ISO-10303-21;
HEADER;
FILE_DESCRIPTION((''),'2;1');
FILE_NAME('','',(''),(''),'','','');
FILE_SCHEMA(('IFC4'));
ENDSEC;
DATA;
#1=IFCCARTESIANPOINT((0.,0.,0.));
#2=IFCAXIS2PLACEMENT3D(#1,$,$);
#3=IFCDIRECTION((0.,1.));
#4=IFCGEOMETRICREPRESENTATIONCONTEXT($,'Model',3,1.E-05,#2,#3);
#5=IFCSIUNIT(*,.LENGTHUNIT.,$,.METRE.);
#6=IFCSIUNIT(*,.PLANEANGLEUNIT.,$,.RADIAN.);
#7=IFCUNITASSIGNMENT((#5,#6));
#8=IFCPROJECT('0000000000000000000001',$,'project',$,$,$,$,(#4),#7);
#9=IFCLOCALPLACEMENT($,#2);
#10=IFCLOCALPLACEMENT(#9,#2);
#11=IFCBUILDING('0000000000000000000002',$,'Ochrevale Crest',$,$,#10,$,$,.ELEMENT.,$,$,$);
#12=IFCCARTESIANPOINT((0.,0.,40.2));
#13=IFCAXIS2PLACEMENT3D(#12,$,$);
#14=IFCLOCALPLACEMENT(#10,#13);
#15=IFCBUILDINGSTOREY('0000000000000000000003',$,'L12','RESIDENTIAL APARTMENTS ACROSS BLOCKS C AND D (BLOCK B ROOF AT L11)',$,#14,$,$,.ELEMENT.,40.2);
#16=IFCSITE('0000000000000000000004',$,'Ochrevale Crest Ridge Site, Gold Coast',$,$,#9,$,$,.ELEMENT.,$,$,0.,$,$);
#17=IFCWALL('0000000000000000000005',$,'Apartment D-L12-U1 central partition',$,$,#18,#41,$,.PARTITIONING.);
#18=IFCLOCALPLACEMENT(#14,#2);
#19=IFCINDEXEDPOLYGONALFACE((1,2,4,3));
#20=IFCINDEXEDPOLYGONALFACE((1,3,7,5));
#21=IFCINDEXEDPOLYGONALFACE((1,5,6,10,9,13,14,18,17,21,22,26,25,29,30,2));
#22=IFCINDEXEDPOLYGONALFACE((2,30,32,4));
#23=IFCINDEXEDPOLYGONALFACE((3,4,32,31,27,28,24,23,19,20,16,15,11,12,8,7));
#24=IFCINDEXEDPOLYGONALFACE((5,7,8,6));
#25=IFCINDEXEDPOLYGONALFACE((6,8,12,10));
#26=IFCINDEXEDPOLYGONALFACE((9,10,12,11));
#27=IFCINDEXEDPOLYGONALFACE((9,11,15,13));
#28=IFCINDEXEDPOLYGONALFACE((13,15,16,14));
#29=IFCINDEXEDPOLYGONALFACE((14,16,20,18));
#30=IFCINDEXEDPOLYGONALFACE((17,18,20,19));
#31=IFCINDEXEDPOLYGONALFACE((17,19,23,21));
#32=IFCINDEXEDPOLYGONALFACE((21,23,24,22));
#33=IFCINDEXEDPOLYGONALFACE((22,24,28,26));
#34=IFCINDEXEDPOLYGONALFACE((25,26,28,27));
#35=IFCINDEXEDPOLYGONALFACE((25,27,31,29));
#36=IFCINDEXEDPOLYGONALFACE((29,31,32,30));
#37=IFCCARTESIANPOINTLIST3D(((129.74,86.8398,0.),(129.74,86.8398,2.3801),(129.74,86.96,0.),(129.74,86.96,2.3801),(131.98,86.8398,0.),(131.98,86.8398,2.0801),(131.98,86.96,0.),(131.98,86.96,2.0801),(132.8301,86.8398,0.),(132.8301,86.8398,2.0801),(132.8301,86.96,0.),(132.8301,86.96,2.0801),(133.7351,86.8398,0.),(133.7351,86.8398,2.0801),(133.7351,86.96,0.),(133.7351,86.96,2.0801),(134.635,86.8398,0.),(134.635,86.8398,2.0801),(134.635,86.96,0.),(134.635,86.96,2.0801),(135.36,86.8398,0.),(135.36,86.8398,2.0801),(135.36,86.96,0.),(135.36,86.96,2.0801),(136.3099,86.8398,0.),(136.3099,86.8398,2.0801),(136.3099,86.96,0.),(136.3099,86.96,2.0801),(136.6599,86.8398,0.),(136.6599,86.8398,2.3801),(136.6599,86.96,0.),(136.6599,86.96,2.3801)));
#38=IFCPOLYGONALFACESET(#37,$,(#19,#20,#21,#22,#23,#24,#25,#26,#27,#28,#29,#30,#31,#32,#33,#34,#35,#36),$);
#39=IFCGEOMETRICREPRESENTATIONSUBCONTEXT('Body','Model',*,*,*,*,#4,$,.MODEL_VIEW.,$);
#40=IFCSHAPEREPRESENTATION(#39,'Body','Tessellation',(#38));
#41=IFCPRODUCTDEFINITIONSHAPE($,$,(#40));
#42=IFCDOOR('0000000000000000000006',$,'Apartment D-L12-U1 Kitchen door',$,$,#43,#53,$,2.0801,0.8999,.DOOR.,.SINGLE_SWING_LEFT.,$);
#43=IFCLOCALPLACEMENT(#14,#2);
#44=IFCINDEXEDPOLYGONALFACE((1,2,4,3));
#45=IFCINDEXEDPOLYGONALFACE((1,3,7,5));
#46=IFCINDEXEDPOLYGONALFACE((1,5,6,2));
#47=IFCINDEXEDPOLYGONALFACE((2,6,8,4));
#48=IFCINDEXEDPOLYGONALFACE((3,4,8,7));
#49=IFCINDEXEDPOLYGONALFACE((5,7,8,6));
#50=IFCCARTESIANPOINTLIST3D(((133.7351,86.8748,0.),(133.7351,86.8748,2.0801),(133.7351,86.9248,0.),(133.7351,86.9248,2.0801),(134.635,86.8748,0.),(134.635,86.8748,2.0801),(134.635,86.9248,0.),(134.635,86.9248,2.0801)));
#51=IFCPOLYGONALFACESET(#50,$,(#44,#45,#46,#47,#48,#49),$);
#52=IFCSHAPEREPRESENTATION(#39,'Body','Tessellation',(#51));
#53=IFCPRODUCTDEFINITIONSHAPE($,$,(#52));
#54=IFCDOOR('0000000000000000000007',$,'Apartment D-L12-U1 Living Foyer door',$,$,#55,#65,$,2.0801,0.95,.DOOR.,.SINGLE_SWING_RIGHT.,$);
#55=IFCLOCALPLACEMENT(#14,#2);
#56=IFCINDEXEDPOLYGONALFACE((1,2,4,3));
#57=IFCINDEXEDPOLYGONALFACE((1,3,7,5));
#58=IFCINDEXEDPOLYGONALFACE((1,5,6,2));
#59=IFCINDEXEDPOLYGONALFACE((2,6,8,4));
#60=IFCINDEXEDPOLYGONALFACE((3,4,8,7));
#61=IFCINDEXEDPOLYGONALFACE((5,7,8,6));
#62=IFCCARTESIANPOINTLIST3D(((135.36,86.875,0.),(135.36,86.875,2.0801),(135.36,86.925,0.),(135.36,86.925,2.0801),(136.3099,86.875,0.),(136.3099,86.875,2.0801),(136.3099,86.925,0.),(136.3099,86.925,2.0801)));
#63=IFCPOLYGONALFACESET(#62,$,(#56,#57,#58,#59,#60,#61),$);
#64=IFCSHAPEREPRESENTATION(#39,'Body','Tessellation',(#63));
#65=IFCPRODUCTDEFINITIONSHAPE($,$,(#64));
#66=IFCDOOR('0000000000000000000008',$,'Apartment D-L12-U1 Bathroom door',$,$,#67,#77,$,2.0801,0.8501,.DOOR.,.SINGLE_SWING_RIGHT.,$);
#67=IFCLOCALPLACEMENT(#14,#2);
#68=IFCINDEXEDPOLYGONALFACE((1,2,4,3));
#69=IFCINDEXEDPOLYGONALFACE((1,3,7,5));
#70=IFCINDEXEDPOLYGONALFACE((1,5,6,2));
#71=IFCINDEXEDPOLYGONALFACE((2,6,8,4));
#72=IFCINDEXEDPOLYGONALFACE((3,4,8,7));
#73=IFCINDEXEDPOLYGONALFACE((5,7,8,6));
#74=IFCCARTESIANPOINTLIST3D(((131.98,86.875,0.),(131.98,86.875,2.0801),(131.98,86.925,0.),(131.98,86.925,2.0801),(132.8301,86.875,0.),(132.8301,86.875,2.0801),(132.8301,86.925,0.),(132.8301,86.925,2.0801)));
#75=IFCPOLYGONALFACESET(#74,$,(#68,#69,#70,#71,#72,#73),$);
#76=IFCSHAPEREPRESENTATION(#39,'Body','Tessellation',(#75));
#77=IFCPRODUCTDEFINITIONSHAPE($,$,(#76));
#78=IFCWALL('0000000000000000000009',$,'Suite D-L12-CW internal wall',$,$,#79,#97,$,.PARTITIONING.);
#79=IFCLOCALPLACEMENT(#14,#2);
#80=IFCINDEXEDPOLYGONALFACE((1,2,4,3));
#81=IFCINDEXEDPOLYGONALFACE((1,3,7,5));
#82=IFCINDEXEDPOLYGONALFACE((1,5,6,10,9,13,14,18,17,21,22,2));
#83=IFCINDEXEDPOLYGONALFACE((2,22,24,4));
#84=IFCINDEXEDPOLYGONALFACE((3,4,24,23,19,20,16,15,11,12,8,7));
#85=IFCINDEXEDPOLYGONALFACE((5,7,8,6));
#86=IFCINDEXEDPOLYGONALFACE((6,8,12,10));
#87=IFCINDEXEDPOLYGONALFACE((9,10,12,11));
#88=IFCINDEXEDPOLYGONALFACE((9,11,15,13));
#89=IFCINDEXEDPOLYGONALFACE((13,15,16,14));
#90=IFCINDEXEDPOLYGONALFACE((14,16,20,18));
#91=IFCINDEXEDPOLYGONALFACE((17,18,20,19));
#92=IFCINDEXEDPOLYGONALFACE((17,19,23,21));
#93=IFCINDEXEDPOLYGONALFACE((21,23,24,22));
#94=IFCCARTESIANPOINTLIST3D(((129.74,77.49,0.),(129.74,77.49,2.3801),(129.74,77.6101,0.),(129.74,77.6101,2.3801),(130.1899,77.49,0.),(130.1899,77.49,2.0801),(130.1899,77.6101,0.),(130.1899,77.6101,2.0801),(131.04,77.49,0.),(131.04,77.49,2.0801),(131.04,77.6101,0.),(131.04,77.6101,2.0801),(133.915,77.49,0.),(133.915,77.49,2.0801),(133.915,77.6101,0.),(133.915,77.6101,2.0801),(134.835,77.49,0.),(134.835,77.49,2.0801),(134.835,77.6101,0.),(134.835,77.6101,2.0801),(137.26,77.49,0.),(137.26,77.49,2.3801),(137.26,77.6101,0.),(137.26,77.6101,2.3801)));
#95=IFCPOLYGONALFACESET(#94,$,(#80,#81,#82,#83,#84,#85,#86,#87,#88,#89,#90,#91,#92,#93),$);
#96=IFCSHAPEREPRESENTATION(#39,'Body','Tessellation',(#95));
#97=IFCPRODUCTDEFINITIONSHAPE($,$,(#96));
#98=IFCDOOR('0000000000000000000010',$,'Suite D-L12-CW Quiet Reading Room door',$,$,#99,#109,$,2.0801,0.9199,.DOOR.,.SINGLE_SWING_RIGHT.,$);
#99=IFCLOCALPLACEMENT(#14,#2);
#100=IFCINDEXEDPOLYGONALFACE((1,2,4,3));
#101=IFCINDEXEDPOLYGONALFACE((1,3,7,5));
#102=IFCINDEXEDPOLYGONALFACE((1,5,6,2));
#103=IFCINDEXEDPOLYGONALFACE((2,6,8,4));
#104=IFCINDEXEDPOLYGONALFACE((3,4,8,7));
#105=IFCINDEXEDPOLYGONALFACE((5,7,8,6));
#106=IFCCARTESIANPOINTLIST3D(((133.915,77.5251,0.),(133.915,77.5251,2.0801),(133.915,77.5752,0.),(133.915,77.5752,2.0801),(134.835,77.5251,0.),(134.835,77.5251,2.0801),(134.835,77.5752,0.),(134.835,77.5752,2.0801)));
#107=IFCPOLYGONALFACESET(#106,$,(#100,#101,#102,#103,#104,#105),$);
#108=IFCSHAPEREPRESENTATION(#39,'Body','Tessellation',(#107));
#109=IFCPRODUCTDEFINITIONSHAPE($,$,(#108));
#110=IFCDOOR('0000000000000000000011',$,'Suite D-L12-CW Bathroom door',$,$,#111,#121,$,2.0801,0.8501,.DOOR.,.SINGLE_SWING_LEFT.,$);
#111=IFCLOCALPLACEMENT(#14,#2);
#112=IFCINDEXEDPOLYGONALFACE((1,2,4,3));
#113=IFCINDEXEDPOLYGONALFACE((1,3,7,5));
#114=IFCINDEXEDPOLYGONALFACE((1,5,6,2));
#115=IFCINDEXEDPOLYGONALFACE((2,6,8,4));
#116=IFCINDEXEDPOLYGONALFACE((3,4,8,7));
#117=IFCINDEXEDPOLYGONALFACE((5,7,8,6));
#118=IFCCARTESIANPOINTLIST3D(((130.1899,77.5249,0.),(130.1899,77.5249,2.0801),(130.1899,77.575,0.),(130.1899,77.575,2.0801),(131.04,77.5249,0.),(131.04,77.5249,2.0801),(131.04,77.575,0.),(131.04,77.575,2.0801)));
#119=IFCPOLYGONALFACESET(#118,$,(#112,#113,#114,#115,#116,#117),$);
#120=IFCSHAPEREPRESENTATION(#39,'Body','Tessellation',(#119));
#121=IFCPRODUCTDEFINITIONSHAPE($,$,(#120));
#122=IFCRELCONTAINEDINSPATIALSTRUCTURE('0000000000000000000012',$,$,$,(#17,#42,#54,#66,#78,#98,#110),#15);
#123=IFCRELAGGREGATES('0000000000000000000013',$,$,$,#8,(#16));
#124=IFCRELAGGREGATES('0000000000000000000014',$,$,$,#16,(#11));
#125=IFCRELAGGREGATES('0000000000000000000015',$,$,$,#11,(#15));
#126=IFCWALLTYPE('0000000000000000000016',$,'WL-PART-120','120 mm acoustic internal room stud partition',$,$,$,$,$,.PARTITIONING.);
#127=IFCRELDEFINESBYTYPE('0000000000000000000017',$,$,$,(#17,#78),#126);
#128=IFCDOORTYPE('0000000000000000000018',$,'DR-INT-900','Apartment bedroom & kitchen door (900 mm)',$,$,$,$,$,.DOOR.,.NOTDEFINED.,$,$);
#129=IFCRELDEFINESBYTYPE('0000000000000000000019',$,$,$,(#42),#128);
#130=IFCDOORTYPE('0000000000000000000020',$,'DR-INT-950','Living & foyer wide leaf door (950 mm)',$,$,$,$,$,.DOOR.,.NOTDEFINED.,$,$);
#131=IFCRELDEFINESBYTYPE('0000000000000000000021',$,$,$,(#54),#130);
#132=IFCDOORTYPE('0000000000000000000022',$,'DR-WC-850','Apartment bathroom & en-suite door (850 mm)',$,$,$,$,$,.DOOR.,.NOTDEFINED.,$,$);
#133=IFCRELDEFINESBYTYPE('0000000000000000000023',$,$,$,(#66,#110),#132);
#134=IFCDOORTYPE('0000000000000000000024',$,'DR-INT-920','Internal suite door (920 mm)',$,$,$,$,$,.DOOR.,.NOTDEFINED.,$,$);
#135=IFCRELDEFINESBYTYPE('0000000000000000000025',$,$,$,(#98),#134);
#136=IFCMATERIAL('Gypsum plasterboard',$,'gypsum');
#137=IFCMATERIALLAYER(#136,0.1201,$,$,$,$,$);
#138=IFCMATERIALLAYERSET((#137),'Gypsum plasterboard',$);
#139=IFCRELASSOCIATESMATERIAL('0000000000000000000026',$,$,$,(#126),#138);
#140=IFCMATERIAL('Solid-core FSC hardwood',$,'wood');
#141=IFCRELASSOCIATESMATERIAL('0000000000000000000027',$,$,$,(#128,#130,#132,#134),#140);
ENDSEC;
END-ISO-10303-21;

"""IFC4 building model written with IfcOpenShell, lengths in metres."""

from ifc_helpers import new_model, si_unit, direction, frame, frame_2d, origin, place, context, subcontext, project, spatial, rectangle, extrude, material, layer, layer_set, type_object, element, fill, save


model = new_model("IFC4")

# Units and contexts
model_context = context("Model", 3, precision=1e-05, world=origin(), true_north=direction((0.0, 1.0)))
body_context = subcontext(model_context, "Body", "Model", "MODEL_VIEW")
ifc_project = project(units=[si_unit("LENGTHUNIT", "METRE"), si_unit("PLANEANGLEUNIT", "RADIAN")], contexts=[model_context])

# Site, building, storey
site_placement = place(None, origin())
site = spatial("IfcSite", under=ifc_project, at=site_placement, Name="Ochrevale Crest Ridge Site, Gold Coast", CompositionType="ELEMENT", RefElevation=0.0)
building_placement = place(site_placement, origin())
building = spatial("IfcBuilding", under=site, at=building_placement, Name="Ochrevale Crest", CompositionType="ELEMENT")
storey_placement = place(building_placement, frame((0.0, 0.0, 40.2)))
storey = spatial("IfcBuildingStorey", under=building, at=storey_placement, Name="L12", Description="RESIDENTIAL APARTMENTS ACROSS BLOCKS C AND D (BLOCK B ROOF AT L11)", CompositionType="ELEMENT", Elevation=40.2)

# Shared definitions
ifc_material_1 = material(Name="Gypsum plasterboard", Category="gypsum")
ifc_material_2 = material(Name="Solid-core FSC hardwood", Category="wood")

# Walls, openings, doors
ifc_layer_1 = layer(ifc_material_1, 0.1201)
ifc_layer_set_1 = layer_set([ifc_layer_1], Name="Gypsum plasterboard")
wall_type_1 = type_object("IfcWallType", Name="WL-PART-120", Description="120 mm acoustic internal room stud partition", PredefinedType="PARTITIONING", material=ifc_layer_set_1)
wall_1_placement = place(storey_placement, frame((129.74, 86.8999, 0.0), z_axis=(0.0, 0.0, 1.0), x_axis=(1.0, 0.0, 0.0)))
wall_1 = element("IfcWall", 1, at=wall_1_placement, inside=storey, type_object=wall_type_1, Name="Apartment D-L12-U1 central partition", PredefinedType="PARTITIONING", context=body_context, shape_type="SweptSolid", body=[
    extrude(rectangle(XDim=6.9199, YDim=0.1201, at=frame_2d((3.46, 0.0))), origin(), (0.0, 0.0, 1.0), 2.3801),
])
opening_1_placement = place(wall_1_placement, frame((3.0901, 0.0, 0.0), z_axis=(0.0, 0.0, 1.0), x_axis=(-1.0, 0.0, 0.0)))
opening_1 = element("IfcOpeningElement", 2, at=opening_1_placement, cuts=wall_1, PredefinedType="OPENING", context=body_context, shape_type="SweptSolid", body=[
    extrude(rectangle(XDim=0.8501, YDim=2.0801, at=frame_2d((0.425, 1.04))), frame((0.0, 0.0701, 0.0), z_axis=(0.0, -1.0, 0.0), x_axis=(1.0, 0.0, 0.0)), (0.0, 0.0, 1.0), 0.1401),
])
opening_2_placement = place(wall_1_placement, frame((3.9951, 0.0, 0.0)))
opening_2 = element("IfcOpeningElement", 3, at=opening_2_placement, cuts=wall_1, PredefinedType="OPENING", context=body_context, shape_type="SweptSolid", body=[
    extrude(rectangle(XDim=0.8999, YDim=2.0801, at=frame_2d((0.45, 1.04))), frame((0.0, 0.0701, 0.0), z_axis=(0.0, -1.0, 0.0), x_axis=(1.0, 0.0, 0.0)), (0.0, 0.0, 1.0), 0.1401),
])
opening_3_placement = place(wall_1_placement, frame((6.5701, 0.0, 0.0), z_axis=(0.0, 0.0, 1.0), x_axis=(-1.0, 0.0, 0.0)))
opening_3 = element("IfcOpeningElement", 4, at=opening_3_placement, cuts=wall_1, PredefinedType="OPENING", context=body_context, shape_type="SweptSolid", body=[
    extrude(rectangle(XDim=0.95, YDim=2.0801, at=frame_2d((0.4751, 1.04))), frame((0.0, 0.0701, 0.0), z_axis=(0.0, -1.0, 0.0), x_axis=(1.0, 0.0, 0.0)), (0.0, 0.0, 1.0), 0.1401),
])
door_type_1 = type_object("IfcDoorType", Name="DR-INT-900", Description="Apartment bedroom & kitchen door (900 mm)", OperationType="NOTDEFINED", PredefinedType="DOOR", material=ifc_material_2)
door_1_placement = place(opening_2_placement, origin())
door_1 = element("IfcDoor", 5, at=door_1_placement, inside=storey, type_object=door_type_1, Name="Apartment D-L12-U1 Kitchen door", OperationType="SINGLE_SWING_LEFT", OverallHeight=2.0801, OverallWidth=0.8999, PredefinedType="DOOR", context=body_context, shape_type="SweptSolid", body=[
    extrude(rectangle(XDim=0.8999, YDim=2.0801, at=frame_2d((0.45, 1.04))), frame((0.0, 0.0249, 0.0), z_axis=(0.0, -1.0, 0.0), x_axis=(1.0, 0.0, 0.0)), (0.0, 0.0, 1.0), 0.05),
])
fill(opening_2, door_1)
door_type_2 = type_object("IfcDoorType", Name="DR-INT-950", Description="Living & foyer wide leaf door (950 mm)", OperationType="NOTDEFINED", PredefinedType="DOOR", material=ifc_material_2)
door_2_placement = place(opening_3_placement, origin())
door_2 = element("IfcDoor", 6, at=door_2_placement, inside=storey, type_object=door_type_2, Name="Apartment D-L12-U1 Living Foyer door", OperationType="SINGLE_SWING_RIGHT", OverallHeight=2.0801, OverallWidth=0.95, PredefinedType="DOOR", context=body_context, shape_type="SweptSolid", body=[
    extrude(rectangle(XDim=0.95, YDim=2.0801, at=frame_2d((0.4751, 1.04))), frame((0.0, 0.0249, 0.0), z_axis=(0.0, -1.0, 0.0), x_axis=(1.0, 0.0, 0.0)), (0.0, 0.0, 1.0), 0.05),
])
fill(opening_3, door_2)
door_type_3 = type_object("IfcDoorType", Name="DR-WC-850", Description="Apartment bathroom & en-suite door (850 mm)", OperationType="NOTDEFINED", PredefinedType="DOOR", material=ifc_material_2)
door_3_placement = place(opening_1_placement, origin())
door_3 = element("IfcDoor", 7, at=door_3_placement, inside=storey, type_object=door_type_3, Name="Apartment D-L12-U1 Bathroom door", OperationType="SINGLE_SWING_RIGHT", OverallHeight=2.0801, OverallWidth=0.8501, PredefinedType="DOOR", context=body_context, shape_type="SweptSolid", body=[
    extrude(rectangle(XDim=0.8501, YDim=2.0801, at=frame_2d((0.425, 1.04))), frame((0.0, 0.0249, 0.0), z_axis=(0.0, -1.0, 0.0), x_axis=(1.0, 0.0, 0.0)), (0.0, 0.0, 1.0), 0.05),
])
fill(opening_1, door_3)
wall_2_placement = place(storey_placement, frame((129.74, 77.55, 0.0), z_axis=(0.0, 0.0, 1.0), x_axis=(1.0, 0.0, 0.0)))
wall_2 = element("IfcWall", 8, at=wall_2_placement, inside=storey, type_object=wall_type_1, Name="Suite D-L12-CW internal wall", PredefinedType="PARTITIONING", context=body_context, shape_type="SweptSolid", body=[
    extrude(rectangle(XDim=7.52, YDim=0.1201, at=frame_2d((3.76, 0.0))), origin(), (0.0, 0.0, 1.0), 2.3801),
])
opening_4_placement = place(wall_2_placement, frame((0.45, 0.0, 0.0)))
opening_4 = element("IfcOpeningElement", 9, at=opening_4_placement, cuts=wall_2, PredefinedType="OPENING", context=body_context, shape_type="SweptSolid", body=[
    extrude(rectangle(XDim=0.8501, YDim=2.0801, at=frame_2d((0.425, 1.04))), frame((0.0, 0.0701, 0.0), z_axis=(0.0, -1.0, 0.0), x_axis=(1.0, 0.0, 0.0)), (0.0, 0.0, 1.0), 0.1401),
])
opening_5_placement = place(wall_2_placement, frame((5.095, 0.0, 0.0), z_axis=(0.0, 0.0, 1.0), x_axis=(-1.0, 0.0, 0.0)))
opening_5 = element("IfcOpeningElement", 10, at=opening_5_placement, cuts=wall_2, PredefinedType="OPENING", context=body_context, shape_type="SweptSolid", body=[
    extrude(rectangle(XDim=0.9199, YDim=2.0801, at=frame_2d((0.46, 1.04))), frame((0.0, 0.0701, 0.0), z_axis=(0.0, -1.0, 0.0), x_axis=(1.0, 0.0, 0.0)), (0.0, 0.0, 1.0), 0.1401),
])
door_type_4 = type_object("IfcDoorType", Name="DR-INT-920", Description="Internal suite door (920 mm)", OperationType="NOTDEFINED", PredefinedType="DOOR", material=ifc_material_2)
door_4_placement = place(opening_5_placement, origin())
door_4 = element("IfcDoor", 11, at=door_4_placement, inside=storey, type_object=door_type_4, Name="Suite D-L12-CW Quiet Reading Room door", OperationType="SINGLE_SWING_RIGHT", OverallHeight=2.0801, OverallWidth=0.9199, PredefinedType="DOOR", context=body_context, shape_type="SweptSolid", body=[
    extrude(rectangle(XDim=0.9199, YDim=2.0801, at=frame_2d((0.46, 1.04))), frame((0.0, 0.0249, 0.0), z_axis=(0.0, -1.0, 0.0), x_axis=(1.0, 0.0, 0.0)), (0.0, 0.0, 1.0), 0.05),
])
fill(opening_5, door_4)
door_5_placement = place(opening_4_placement, origin())
door_5 = element("IfcDoor", 12, at=door_5_placement, inside=storey, type_object=door_type_3, Name="Suite D-L12-CW Bathroom door", OperationType="SINGLE_SWING_LEFT", OverallHeight=2.0801, OverallWidth=0.8501, PredefinedType="DOOR", context=body_context, shape_type="SweptSolid", body=[
    extrude(rectangle(XDim=0.8501, YDim=2.0801, at=frame_2d((0.425, 1.04))), frame((0.0, 0.0249, 0.0), z_axis=(0.0, -1.0, 0.0), x_axis=(1.0, 0.0, 0.0)), (0.0, 0.0, 1.0), 0.05),
])
fill(opening_4, door_5)

save(model, "model.ifc")
